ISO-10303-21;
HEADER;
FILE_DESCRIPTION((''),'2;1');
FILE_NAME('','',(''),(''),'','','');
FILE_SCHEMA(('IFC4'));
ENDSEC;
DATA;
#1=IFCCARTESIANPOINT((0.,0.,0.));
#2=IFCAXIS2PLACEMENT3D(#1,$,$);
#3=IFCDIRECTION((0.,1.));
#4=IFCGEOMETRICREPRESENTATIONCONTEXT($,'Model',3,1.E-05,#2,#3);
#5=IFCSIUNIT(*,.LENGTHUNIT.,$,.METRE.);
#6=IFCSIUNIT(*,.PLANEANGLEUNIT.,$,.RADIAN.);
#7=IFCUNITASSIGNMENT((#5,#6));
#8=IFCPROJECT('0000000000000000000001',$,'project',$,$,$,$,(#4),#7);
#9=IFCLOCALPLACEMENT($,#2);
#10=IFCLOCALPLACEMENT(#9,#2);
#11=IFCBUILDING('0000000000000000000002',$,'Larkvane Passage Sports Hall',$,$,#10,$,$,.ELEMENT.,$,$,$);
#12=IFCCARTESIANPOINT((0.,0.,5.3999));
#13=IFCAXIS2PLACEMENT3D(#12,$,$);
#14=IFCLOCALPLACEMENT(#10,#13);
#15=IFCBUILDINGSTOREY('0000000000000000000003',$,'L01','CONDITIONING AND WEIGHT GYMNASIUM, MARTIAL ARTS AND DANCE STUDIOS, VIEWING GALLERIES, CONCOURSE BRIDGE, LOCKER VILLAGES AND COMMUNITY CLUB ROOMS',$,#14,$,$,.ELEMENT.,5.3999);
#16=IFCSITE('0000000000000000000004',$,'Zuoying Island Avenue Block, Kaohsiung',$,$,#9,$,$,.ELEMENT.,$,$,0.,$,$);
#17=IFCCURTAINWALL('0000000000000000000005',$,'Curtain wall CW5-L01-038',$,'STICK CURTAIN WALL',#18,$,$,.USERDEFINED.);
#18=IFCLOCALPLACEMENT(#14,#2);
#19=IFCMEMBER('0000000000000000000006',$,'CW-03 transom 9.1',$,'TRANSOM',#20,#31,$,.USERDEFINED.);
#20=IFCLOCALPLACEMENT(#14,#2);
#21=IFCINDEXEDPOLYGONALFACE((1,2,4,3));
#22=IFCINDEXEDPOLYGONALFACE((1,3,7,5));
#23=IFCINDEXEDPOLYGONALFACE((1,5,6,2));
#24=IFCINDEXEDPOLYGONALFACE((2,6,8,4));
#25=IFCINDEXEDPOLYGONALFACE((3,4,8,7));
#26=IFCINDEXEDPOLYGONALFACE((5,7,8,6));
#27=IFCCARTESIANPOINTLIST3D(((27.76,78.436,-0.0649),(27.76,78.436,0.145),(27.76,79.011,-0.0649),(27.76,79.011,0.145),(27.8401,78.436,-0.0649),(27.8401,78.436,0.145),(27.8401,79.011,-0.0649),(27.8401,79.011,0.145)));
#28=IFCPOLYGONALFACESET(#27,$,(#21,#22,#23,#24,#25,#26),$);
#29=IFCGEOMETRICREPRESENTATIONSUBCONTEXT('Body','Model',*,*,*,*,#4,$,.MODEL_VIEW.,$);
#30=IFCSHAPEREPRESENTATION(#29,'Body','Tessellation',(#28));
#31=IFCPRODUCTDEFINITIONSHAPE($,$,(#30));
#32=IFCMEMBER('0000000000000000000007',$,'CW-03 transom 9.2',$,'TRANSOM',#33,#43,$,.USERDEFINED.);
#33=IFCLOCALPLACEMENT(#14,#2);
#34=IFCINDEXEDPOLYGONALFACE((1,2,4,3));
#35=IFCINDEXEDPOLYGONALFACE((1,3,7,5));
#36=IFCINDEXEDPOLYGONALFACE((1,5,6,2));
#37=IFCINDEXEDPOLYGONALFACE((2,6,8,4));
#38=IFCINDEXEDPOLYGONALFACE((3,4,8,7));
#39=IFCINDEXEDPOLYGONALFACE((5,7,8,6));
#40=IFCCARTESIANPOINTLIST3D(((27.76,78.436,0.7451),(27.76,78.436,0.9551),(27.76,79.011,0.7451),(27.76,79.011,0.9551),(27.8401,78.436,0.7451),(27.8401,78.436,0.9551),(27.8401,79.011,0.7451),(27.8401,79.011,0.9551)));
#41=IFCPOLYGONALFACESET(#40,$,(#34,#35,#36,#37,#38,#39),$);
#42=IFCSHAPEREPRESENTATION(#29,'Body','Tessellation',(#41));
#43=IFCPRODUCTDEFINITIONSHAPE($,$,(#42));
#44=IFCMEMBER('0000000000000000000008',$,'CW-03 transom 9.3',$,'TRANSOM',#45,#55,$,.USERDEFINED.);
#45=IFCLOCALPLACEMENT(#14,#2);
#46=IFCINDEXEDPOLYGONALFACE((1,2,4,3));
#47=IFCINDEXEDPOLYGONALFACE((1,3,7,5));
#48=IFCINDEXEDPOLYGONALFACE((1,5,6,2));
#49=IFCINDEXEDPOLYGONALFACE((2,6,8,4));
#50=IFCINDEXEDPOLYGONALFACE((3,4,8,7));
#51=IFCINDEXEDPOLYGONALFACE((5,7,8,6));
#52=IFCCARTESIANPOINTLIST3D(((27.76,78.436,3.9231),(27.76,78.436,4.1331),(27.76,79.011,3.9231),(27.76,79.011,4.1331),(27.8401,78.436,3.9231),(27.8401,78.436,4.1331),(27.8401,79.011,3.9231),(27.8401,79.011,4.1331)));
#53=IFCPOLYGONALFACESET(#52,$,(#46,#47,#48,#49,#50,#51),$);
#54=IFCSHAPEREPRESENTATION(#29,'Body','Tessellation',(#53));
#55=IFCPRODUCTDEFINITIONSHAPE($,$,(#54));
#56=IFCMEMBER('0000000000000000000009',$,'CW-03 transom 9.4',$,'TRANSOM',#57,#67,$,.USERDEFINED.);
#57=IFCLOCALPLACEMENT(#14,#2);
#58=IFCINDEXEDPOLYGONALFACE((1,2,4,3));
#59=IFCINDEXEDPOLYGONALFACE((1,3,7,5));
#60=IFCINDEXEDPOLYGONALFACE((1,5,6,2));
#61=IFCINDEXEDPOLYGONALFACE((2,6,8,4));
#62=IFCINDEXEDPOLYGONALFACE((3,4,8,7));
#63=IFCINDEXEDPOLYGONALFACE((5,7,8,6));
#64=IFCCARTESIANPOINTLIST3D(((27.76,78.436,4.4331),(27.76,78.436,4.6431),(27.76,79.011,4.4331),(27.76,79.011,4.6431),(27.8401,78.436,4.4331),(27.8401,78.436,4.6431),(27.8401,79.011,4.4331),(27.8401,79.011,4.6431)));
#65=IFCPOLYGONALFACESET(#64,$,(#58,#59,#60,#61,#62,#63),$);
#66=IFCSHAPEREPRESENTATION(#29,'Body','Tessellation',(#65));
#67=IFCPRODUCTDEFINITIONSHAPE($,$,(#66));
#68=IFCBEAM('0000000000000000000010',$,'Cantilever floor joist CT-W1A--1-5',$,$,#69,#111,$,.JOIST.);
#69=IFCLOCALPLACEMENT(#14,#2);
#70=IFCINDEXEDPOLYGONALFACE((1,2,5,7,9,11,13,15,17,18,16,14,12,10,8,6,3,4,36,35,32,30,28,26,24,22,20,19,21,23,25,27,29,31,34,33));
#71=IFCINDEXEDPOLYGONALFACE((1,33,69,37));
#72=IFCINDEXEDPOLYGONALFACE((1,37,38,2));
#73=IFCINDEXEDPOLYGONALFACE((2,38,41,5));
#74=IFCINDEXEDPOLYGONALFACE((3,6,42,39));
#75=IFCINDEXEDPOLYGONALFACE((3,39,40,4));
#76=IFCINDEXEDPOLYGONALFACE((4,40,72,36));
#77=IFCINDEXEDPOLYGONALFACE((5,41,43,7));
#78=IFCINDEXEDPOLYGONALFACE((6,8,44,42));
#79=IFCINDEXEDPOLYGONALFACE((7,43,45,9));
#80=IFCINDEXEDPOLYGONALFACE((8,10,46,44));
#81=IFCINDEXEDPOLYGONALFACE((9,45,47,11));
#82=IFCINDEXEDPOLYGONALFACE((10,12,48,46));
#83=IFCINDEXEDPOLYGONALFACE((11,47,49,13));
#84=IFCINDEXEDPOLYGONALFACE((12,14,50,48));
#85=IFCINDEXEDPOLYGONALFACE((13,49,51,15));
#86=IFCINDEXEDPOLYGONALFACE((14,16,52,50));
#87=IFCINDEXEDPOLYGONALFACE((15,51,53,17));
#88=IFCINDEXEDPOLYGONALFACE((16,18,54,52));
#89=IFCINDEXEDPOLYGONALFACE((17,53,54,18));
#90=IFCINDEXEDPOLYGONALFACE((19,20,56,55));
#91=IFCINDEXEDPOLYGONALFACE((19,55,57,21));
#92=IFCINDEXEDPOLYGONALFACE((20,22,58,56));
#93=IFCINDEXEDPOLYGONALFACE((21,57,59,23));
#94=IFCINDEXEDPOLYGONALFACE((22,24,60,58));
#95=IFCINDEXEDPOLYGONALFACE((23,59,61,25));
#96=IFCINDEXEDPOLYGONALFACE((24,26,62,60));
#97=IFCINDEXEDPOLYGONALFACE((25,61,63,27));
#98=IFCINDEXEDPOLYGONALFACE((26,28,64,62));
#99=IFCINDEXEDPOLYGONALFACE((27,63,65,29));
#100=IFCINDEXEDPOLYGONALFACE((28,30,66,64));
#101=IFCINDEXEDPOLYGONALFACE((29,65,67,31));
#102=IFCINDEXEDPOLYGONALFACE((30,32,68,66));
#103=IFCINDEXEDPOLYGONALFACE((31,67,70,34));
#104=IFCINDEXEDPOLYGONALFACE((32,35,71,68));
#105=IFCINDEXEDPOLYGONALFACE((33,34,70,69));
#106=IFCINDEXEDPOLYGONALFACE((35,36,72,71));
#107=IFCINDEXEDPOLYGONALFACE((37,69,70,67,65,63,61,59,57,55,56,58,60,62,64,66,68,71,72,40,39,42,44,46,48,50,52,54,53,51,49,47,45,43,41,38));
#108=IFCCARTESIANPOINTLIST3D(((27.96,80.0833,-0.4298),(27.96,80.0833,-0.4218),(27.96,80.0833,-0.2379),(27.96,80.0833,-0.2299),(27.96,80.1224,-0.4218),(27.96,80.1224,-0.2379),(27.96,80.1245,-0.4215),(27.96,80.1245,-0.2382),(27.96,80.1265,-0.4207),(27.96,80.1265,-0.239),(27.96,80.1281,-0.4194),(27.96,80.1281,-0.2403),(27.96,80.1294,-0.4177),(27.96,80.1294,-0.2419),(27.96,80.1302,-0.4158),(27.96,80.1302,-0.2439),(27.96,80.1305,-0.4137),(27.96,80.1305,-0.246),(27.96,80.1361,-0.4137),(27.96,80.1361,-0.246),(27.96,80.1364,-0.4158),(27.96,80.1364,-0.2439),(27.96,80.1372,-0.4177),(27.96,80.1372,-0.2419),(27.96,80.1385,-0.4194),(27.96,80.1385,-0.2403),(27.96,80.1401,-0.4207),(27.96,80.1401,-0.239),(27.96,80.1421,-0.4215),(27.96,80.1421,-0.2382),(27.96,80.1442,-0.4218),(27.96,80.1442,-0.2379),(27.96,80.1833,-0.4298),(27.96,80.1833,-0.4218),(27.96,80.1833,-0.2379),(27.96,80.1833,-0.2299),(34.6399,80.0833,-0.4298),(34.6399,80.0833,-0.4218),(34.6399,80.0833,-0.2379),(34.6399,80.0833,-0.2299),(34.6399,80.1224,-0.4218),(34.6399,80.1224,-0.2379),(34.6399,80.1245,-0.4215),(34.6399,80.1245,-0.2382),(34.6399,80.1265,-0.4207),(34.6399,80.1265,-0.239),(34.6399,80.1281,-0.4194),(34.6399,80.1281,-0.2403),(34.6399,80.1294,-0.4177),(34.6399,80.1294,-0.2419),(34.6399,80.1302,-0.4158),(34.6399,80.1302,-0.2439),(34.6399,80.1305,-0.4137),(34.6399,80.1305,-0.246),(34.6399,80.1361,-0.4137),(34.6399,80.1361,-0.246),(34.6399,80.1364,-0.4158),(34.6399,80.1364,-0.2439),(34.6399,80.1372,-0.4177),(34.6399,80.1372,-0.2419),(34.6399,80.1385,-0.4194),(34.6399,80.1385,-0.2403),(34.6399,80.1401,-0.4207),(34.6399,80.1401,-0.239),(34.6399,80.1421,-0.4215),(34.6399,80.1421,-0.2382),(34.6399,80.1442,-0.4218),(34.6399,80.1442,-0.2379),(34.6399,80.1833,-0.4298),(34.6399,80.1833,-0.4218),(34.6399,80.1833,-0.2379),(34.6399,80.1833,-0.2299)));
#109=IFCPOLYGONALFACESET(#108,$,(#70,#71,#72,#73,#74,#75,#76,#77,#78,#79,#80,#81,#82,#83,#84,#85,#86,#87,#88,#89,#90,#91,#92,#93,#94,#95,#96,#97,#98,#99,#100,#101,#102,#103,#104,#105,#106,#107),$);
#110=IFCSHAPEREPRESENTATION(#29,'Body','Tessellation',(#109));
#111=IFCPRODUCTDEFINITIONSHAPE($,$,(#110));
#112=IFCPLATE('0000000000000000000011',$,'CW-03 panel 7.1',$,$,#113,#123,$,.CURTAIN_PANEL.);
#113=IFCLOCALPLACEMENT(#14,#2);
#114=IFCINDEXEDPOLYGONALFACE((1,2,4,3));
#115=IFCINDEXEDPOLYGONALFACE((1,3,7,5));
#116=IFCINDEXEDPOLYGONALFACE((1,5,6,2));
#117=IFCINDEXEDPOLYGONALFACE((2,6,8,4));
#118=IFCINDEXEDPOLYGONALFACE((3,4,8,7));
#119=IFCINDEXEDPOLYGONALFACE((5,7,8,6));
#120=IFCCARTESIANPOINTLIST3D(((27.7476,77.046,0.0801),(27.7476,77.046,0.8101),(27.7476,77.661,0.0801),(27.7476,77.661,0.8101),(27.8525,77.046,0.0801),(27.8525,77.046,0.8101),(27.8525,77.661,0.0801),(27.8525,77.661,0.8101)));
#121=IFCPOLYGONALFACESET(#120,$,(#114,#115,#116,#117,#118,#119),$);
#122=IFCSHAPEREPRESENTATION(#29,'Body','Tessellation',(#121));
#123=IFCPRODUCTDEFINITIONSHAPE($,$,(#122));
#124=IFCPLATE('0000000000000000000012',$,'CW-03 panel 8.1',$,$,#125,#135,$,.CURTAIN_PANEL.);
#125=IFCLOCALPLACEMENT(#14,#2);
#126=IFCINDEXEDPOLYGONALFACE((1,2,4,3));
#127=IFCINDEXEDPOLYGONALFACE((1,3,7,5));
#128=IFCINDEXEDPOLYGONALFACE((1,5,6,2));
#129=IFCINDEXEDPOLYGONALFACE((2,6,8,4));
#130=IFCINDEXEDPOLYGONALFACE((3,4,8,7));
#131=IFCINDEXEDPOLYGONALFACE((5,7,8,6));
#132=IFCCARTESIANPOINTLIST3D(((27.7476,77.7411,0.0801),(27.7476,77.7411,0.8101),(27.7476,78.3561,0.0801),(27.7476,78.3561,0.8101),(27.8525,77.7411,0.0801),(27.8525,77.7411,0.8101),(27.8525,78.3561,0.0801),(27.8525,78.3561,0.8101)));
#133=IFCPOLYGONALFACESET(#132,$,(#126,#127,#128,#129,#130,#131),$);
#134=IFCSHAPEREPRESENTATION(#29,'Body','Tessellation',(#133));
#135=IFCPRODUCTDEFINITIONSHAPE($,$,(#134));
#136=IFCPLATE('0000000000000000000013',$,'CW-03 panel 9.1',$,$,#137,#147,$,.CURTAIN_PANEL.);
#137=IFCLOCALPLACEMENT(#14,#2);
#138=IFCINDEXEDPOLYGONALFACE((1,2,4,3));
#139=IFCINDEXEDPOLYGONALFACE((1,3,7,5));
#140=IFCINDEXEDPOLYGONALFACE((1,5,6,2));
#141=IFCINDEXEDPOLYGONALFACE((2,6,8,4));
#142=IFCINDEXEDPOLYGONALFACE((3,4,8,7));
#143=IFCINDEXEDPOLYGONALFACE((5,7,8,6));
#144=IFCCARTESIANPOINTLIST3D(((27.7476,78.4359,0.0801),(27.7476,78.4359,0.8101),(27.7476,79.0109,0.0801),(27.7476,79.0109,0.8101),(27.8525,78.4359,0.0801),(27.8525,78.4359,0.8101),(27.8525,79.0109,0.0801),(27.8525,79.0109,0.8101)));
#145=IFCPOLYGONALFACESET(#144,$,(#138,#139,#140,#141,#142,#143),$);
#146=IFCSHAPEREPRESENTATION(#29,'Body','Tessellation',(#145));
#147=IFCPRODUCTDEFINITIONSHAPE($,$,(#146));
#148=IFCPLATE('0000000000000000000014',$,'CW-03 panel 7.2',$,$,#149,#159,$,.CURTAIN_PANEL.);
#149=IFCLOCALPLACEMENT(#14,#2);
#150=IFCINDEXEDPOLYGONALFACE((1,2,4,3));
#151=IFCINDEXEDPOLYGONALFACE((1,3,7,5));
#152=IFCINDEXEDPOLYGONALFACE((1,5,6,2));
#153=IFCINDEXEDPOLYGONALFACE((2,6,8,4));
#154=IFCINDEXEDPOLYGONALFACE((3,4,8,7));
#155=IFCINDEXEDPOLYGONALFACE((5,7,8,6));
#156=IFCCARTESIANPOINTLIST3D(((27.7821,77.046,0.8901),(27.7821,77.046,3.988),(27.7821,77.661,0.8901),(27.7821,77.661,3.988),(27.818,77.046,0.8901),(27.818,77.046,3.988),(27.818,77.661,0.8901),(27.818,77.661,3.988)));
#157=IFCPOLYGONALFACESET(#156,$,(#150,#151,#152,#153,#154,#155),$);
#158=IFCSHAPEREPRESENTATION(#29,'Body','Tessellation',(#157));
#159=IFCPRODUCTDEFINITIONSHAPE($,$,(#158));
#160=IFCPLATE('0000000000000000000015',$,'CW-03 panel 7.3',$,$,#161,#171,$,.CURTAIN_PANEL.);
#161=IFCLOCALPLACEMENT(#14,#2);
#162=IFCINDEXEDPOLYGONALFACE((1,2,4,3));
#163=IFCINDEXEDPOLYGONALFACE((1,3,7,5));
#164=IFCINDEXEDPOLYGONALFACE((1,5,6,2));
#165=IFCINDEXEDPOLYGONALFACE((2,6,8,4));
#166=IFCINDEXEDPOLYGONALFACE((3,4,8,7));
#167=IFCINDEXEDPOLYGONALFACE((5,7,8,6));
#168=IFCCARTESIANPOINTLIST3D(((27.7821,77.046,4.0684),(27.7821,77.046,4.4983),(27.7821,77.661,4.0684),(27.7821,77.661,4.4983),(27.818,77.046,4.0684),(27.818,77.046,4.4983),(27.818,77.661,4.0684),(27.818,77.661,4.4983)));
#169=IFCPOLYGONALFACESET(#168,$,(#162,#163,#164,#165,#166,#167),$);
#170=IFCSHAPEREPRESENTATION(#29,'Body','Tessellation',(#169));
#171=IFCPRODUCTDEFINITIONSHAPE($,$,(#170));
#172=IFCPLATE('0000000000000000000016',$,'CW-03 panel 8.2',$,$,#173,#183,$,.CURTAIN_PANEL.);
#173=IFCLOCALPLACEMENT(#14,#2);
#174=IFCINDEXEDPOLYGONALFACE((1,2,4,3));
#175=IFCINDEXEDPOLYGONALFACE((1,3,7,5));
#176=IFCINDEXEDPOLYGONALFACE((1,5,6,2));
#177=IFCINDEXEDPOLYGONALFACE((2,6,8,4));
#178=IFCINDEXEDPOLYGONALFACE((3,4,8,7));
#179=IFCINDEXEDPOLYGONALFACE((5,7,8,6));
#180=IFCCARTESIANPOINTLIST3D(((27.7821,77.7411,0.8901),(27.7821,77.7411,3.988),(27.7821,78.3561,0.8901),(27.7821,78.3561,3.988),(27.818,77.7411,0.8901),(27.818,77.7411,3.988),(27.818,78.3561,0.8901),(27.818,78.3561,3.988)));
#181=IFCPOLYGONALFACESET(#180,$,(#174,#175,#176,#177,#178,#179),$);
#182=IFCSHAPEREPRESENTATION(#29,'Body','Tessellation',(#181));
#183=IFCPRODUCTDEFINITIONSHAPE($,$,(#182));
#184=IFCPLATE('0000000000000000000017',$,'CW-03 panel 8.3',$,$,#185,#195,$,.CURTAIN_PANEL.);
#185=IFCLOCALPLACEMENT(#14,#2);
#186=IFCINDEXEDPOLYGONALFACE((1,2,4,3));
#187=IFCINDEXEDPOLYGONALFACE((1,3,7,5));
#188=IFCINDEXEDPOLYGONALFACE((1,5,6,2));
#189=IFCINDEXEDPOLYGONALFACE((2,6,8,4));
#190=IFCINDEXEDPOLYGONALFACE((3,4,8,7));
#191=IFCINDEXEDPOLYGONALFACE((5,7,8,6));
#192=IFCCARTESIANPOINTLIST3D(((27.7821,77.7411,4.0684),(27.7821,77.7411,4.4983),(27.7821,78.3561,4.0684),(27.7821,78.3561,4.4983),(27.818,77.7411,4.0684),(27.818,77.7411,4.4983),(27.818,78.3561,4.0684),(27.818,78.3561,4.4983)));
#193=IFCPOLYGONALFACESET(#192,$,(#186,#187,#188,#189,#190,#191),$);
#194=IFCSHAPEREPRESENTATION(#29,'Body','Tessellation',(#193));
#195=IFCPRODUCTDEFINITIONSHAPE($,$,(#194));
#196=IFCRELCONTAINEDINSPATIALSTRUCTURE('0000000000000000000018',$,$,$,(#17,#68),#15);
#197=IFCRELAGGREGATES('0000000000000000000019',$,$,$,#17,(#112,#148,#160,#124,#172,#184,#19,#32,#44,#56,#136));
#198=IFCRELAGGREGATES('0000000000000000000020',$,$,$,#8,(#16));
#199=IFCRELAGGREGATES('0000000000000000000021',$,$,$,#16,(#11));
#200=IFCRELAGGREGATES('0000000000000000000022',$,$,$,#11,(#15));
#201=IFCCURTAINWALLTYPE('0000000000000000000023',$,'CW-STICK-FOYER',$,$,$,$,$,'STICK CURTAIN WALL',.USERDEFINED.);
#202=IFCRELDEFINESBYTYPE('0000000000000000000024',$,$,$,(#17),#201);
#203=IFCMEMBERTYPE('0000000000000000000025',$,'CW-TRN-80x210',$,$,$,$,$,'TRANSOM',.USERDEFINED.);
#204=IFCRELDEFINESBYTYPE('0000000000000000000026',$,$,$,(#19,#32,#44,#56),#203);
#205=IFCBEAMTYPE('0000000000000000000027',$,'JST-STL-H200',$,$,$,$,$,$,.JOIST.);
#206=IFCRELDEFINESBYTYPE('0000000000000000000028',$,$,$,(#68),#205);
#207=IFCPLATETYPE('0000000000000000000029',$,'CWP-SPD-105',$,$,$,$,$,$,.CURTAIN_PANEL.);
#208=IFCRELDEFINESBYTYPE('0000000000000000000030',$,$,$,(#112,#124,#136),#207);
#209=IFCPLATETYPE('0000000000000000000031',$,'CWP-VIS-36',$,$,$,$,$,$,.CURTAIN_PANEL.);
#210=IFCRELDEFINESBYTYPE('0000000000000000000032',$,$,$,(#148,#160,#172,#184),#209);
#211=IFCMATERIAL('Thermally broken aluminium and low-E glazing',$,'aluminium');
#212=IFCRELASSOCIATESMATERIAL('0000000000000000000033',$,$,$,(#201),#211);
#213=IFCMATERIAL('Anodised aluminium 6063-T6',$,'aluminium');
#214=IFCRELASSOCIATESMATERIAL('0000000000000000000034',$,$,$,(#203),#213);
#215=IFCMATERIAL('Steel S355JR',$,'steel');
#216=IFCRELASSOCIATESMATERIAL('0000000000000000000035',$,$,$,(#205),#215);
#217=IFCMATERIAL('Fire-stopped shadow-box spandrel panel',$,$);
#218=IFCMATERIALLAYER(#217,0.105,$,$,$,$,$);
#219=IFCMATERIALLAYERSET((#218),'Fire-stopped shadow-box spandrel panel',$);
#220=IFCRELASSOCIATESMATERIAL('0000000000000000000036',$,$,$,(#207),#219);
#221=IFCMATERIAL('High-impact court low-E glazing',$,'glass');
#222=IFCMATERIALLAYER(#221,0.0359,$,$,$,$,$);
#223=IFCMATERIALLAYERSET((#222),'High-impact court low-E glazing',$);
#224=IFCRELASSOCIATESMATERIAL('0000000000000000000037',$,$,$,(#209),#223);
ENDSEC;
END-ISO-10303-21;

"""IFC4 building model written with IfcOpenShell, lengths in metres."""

from ifc_helpers import new_model, si_unit, direction, frame, origin, origin_2d, place, context, subcontext, project, spatial, rectangle, i_section, extrude, material, layer, layer_set, material_profile, profile_set, type_object, element, aggregate, save


model = new_model("IFC4")

# Units and contexts
model_context = context("Model", 3, precision=1e-05, world=origin(), true_north=direction((0.0, 1.0)))
body_context = subcontext(model_context, "Body", "Model", "MODEL_VIEW")
ifc_project = project(units=[si_unit("LENGTHUNIT", "METRE"), si_unit("PLANEANGLEUNIT", "RADIAN")], contexts=[model_context])

# Site, building, storey
site_placement = place(None, origin())
site = spatial("IfcSite", under=ifc_project, at=site_placement, Name="Zuoying Island Avenue Block, Kaohsiung", CompositionType="ELEMENT", RefElevation=0.0)
building_placement = place(site_placement, origin())
building = spatial("IfcBuilding", under=site, at=building_placement, Name="Larkvane Passage Sports Hall", CompositionType="ELEMENT")
storey_placement = place(building_placement, frame((0.0, 0.0, 5.3999)))
storey = spatial("IfcBuildingStorey", under=building, at=storey_placement, Name="L01", Description="CONDITIONING AND WEIGHT GYMNASIUM, MARTIAL ARTS AND DANCE STUDIOS, VIEWING GALLERIES, CONCOURSE BRIDGE, LOCKER VILLAGES AND COMMUNITY CLUB ROOMS", CompositionType="ELEMENT", Elevation=5.3999)

# Curtain wall, members
ifc_material_1 = material(Name="Thermally broken aluminium and low-E glazing", Category="aluminium")
curtain_wall_type = type_object("IfcCurtainWallType", Name="CW-STICK-FOYER", ElementType="STICK CURTAIN WALL", PredefinedType="USERDEFINED", material=ifc_material_1)
curtain_wall_placement = place(storey_placement, origin())
curtain_wall = element("IfcCurtainWall", 1, at=curtain_wall_placement, inside=storey, type_object=curtain_wall_type, Name="Curtain wall CW5-L01-038", ObjectType="STICK CURTAIN WALL", PredefinedType="USERDEFINED")
ifc_material_2 = material(Name="Anodised aluminium 6063-T6", Category="aluminium")
ifc_material_profile_1 = material_profile(ifc_material_2, rectangle(XDim=0.0801, YDim=0.21, at=origin_2d()), Name="ALU-TRN-80x210")
ifc_profile_set_1 = profile_set([ifc_material_profile_1], Name="Anodised aluminium 6063-T6")
member_type_1 = type_object("IfcMemberType", Name="CW-TRN-80x210", ElementType="TRANSOM", PredefinedType="USERDEFINED", material=ifc_profile_set_1)
member_1_placement = place(storey_placement, frame((27.8, 78.436, 0.04), z_axis=(0.0, 1.0, 0.0), x_axis=(-1.0, 0.0, 0.0)))
member_1 = element("IfcMember", 2, at=member_1_placement, type_object=member_type_1, Name="CW-03 transom 9.1", ObjectType="TRANSOM", PredefinedType="USERDEFINED", context=body_context, shape_type="SweptSolid", body=[
    extrude(rectangle(XDim=0.0801, YDim=0.21, at=origin_2d()), origin(), (0.0, 0.0, 1.0), 0.575),
])
member_2_placement = place(storey_placement, frame((27.8, 78.436, 0.8501), z_axis=(0.0, 1.0, 0.0), x_axis=(-1.0, 0.0, 0.0)))
member_2 = element("IfcMember", 3, at=member_2_placement, type_object=member_type_1, Name="CW-03 transom 9.2", ObjectType="TRANSOM", PredefinedType="USERDEFINED", context=body_context, shape_type="SweptSolid", body=[
    extrude(rectangle(XDim=0.0801, YDim=0.21, at=origin_2d()), origin(), (0.0, 0.0, 1.0), 0.575),
])
member_3_placement = place(storey_placement, frame((27.8, 78.436, 4.0281), z_axis=(0.0, 1.0, 0.0), x_axis=(-1.0, 0.0, 0.0)))
member_3 = element("IfcMember", 4, at=member_3_placement, type_object=member_type_1, Name="CW-03 transom 9.3", ObjectType="TRANSOM", PredefinedType="USERDEFINED", context=body_context, shape_type="SweptSolid", body=[
    extrude(rectangle(XDim=0.0801, YDim=0.21, at=origin_2d()), origin(), (0.0, 0.0, 1.0), 0.575),
])
member_4_placement = place(storey_placement, frame((27.8, 78.436, 4.5381), z_axis=(0.0, 1.0, 0.0), x_axis=(-1.0, 0.0, 0.0)))
member_4 = element("IfcMember", 5, at=member_4_placement, type_object=member_type_1, Name="CW-03 transom 9.4", ObjectType="TRANSOM", PredefinedType="USERDEFINED", context=body_context, shape_type="SweptSolid", body=[
    extrude(rectangle(XDim=0.0801, YDim=0.21, at=origin_2d()), origin(), (0.0, 0.0, 1.0), 0.575),
])

# Beam
ifc_material_3 = material(Name="Steel S355JR", Category="steel")
ifc_material_profile_2 = material_profile(ifc_material_3, i_section(OverallWidth=0.1001, OverallDepth=0.2, WebThickness=0.0056, FlangeThickness=0.0081, FilletRadius=0.0081, at=origin_2d()), Name="H-200x100x5.5x8")
ifc_profile_set_2 = profile_set([ifc_material_profile_2], Name="Steel S355JR")
beam_type = type_object("IfcBeamType", Name="JST-STL-H200", PredefinedType="JOIST", material=ifc_profile_set_2)
beam_placement = place(storey_placement, frame((27.96, 80.1333, -0.3298), z_axis=(1.0, 0.0, 0.0), x_axis=(0.0, 1.0, 0.0)))
element("IfcBeam", 6, at=beam_placement, inside=storey, type_object=beam_type, Name="Cantilever floor joist CT-W1A--1-5", PredefinedType="JOIST", context=body_context, shape_type="SweptSolid", body=[
    extrude(i_section(OverallWidth=0.1001, OverallDepth=0.2, WebThickness=0.0056, FlangeThickness=0.0081, FilletRadius=0.0081, at=origin_2d()), origin(), (0.0, 0.0, 1.0), 6.6799),
])

# Plates
ifc_material_4 = material(Name="Fire-stopped shadow-box spandrel panel")
ifc_layer_1 = layer(ifc_material_4, 0.105)
ifc_layer_set_1 = layer_set([ifc_layer_1], Name="Fire-stopped shadow-box spandrel panel")
plate_type_1 = type_object("IfcPlateType", Name="CWP-SPD-105", PredefinedType="CURTAIN_PANEL", material=ifc_layer_set_1)
plate_1_placement = place(storey_placement, frame((27.8, 77.3535, 0.0801), z_axis=(0.0, 0.0, 1.0), x_axis=(0.0, 1.0, 0.0)))
plate_1 = element("IfcPlate", 7, at=plate_1_placement, type_object=plate_type_1, Name="CW-03 panel 7.1", PredefinedType="CURTAIN_PANEL", context=body_context, shape_type="SweptSolid", body=[
    extrude(rectangle(XDim=0.615, YDim=0.105, at=origin_2d()), origin(), (0.0, 0.0, 1.0), 0.73),
])
plate_2_placement = place(storey_placement, frame((27.8, 78.0486, 0.0801), z_axis=(0.0, 0.0, 1.0), x_axis=(0.0, 1.0, 0.0)))
plate_2 = element("IfcPlate", 8, at=plate_2_placement, type_object=plate_type_1, Name="CW-03 panel 8.1", PredefinedType="CURTAIN_PANEL", context=body_context, shape_type="SweptSolid", body=[
    extrude(rectangle(XDim=0.615, YDim=0.105, at=origin_2d()), origin(), (0.0, 0.0, 1.0), 0.73),
])
plate_3_placement = place(storey_placement, frame((27.8, 78.7234, 0.0801), z_axis=(0.0, 0.0, 1.0), x_axis=(0.0, 1.0, 0.0)))
plate_3 = element("IfcPlate", 9, at=plate_3_placement, type_object=plate_type_1, Name="CW-03 panel 9.1", PredefinedType="CURTAIN_PANEL", context=body_context, shape_type="SweptSolid", body=[
    extrude(rectangle(XDim=0.575, YDim=0.105, at=origin_2d()), origin(), (0.0, 0.0, 1.0), 0.73),
])
ifc_material_5 = material(Name="High-impact court low-E glazing", Category="glass")
ifc_layer_2 = layer(ifc_material_5, 0.0359)
ifc_layer_set_2 = layer_set([ifc_layer_2], Name="High-impact court low-E glazing")
plate_type_2 = type_object("IfcPlateType", Name="CWP-VIS-36", PredefinedType="CURTAIN_PANEL", material=ifc_layer_set_2)
plate_4_placement = place(storey_placement, frame((27.8, 77.3535, 0.8901), z_axis=(0.0, 0.0, 1.0), x_axis=(0.0, 1.0, 0.0)))
plate_4 = element("IfcPlate", 10, at=plate_4_placement, type_object=plate_type_2, Name="CW-03 panel 7.2", PredefinedType="CURTAIN_PANEL", context=body_context, shape_type="SweptSolid", body=[
    extrude(rectangle(XDim=0.615, YDim=0.0359, at=origin_2d()), origin(), (0.0, 0.0, 1.0), 3.0979),
])
plate_5_placement = place(storey_placement, frame((27.8, 77.3535, 4.0684), z_axis=(0.0, 0.0, 1.0), x_axis=(0.0, 1.0, 0.0)))
plate_5 = element("IfcPlate", 11, at=plate_5_placement, type_object=plate_type_2, Name="CW-03 panel 7.3", PredefinedType="CURTAIN_PANEL", context=body_context, shape_type="SweptSolid", body=[
    extrude(rectangle(XDim=0.615, YDim=0.0359, at=origin_2d()), origin(), (0.0, 0.0, 1.0), 0.4299),
])
plate_6_placement = place(storey_placement, frame((27.8, 78.0486, 0.8901), z_axis=(0.0, 0.0, 1.0), x_axis=(0.0, 1.0, 0.0)))
plate_6 = element("IfcPlate", 12, at=plate_6_placement, type_object=plate_type_2, Name="CW-03 panel 8.2", PredefinedType="CURTAIN_PANEL", context=body_context, shape_type="SweptSolid", body=[
    extrude(rectangle(XDim=0.615, YDim=0.0359, at=origin_2d()), origin(), (0.0, 0.0, 1.0), 3.0979),
])
plate_7_placement = place(storey_placement, frame((27.8, 78.0486, 4.0684), z_axis=(0.0, 0.0, 1.0), x_axis=(0.0, 1.0, 0.0)))
plate_7 = element("IfcPlate", 13, at=plate_7_placement, type_object=plate_type_2, Name="CW-03 panel 8.3", PredefinedType="CURTAIN_PANEL", context=body_context, shape_type="SweptSolid", body=[
    extrude(rectangle(XDim=0.615, YDim=0.0359, at=origin_2d()), origin(), (0.0, 0.0, 1.0), 0.4299),
])
aggregate(curtain_wall, [plate_1, plate_4, plate_5, plate_2, plate_6, plate_7, member_1, member_2, member_3, member_4, plate_3])

save(model, "model.ifc")
